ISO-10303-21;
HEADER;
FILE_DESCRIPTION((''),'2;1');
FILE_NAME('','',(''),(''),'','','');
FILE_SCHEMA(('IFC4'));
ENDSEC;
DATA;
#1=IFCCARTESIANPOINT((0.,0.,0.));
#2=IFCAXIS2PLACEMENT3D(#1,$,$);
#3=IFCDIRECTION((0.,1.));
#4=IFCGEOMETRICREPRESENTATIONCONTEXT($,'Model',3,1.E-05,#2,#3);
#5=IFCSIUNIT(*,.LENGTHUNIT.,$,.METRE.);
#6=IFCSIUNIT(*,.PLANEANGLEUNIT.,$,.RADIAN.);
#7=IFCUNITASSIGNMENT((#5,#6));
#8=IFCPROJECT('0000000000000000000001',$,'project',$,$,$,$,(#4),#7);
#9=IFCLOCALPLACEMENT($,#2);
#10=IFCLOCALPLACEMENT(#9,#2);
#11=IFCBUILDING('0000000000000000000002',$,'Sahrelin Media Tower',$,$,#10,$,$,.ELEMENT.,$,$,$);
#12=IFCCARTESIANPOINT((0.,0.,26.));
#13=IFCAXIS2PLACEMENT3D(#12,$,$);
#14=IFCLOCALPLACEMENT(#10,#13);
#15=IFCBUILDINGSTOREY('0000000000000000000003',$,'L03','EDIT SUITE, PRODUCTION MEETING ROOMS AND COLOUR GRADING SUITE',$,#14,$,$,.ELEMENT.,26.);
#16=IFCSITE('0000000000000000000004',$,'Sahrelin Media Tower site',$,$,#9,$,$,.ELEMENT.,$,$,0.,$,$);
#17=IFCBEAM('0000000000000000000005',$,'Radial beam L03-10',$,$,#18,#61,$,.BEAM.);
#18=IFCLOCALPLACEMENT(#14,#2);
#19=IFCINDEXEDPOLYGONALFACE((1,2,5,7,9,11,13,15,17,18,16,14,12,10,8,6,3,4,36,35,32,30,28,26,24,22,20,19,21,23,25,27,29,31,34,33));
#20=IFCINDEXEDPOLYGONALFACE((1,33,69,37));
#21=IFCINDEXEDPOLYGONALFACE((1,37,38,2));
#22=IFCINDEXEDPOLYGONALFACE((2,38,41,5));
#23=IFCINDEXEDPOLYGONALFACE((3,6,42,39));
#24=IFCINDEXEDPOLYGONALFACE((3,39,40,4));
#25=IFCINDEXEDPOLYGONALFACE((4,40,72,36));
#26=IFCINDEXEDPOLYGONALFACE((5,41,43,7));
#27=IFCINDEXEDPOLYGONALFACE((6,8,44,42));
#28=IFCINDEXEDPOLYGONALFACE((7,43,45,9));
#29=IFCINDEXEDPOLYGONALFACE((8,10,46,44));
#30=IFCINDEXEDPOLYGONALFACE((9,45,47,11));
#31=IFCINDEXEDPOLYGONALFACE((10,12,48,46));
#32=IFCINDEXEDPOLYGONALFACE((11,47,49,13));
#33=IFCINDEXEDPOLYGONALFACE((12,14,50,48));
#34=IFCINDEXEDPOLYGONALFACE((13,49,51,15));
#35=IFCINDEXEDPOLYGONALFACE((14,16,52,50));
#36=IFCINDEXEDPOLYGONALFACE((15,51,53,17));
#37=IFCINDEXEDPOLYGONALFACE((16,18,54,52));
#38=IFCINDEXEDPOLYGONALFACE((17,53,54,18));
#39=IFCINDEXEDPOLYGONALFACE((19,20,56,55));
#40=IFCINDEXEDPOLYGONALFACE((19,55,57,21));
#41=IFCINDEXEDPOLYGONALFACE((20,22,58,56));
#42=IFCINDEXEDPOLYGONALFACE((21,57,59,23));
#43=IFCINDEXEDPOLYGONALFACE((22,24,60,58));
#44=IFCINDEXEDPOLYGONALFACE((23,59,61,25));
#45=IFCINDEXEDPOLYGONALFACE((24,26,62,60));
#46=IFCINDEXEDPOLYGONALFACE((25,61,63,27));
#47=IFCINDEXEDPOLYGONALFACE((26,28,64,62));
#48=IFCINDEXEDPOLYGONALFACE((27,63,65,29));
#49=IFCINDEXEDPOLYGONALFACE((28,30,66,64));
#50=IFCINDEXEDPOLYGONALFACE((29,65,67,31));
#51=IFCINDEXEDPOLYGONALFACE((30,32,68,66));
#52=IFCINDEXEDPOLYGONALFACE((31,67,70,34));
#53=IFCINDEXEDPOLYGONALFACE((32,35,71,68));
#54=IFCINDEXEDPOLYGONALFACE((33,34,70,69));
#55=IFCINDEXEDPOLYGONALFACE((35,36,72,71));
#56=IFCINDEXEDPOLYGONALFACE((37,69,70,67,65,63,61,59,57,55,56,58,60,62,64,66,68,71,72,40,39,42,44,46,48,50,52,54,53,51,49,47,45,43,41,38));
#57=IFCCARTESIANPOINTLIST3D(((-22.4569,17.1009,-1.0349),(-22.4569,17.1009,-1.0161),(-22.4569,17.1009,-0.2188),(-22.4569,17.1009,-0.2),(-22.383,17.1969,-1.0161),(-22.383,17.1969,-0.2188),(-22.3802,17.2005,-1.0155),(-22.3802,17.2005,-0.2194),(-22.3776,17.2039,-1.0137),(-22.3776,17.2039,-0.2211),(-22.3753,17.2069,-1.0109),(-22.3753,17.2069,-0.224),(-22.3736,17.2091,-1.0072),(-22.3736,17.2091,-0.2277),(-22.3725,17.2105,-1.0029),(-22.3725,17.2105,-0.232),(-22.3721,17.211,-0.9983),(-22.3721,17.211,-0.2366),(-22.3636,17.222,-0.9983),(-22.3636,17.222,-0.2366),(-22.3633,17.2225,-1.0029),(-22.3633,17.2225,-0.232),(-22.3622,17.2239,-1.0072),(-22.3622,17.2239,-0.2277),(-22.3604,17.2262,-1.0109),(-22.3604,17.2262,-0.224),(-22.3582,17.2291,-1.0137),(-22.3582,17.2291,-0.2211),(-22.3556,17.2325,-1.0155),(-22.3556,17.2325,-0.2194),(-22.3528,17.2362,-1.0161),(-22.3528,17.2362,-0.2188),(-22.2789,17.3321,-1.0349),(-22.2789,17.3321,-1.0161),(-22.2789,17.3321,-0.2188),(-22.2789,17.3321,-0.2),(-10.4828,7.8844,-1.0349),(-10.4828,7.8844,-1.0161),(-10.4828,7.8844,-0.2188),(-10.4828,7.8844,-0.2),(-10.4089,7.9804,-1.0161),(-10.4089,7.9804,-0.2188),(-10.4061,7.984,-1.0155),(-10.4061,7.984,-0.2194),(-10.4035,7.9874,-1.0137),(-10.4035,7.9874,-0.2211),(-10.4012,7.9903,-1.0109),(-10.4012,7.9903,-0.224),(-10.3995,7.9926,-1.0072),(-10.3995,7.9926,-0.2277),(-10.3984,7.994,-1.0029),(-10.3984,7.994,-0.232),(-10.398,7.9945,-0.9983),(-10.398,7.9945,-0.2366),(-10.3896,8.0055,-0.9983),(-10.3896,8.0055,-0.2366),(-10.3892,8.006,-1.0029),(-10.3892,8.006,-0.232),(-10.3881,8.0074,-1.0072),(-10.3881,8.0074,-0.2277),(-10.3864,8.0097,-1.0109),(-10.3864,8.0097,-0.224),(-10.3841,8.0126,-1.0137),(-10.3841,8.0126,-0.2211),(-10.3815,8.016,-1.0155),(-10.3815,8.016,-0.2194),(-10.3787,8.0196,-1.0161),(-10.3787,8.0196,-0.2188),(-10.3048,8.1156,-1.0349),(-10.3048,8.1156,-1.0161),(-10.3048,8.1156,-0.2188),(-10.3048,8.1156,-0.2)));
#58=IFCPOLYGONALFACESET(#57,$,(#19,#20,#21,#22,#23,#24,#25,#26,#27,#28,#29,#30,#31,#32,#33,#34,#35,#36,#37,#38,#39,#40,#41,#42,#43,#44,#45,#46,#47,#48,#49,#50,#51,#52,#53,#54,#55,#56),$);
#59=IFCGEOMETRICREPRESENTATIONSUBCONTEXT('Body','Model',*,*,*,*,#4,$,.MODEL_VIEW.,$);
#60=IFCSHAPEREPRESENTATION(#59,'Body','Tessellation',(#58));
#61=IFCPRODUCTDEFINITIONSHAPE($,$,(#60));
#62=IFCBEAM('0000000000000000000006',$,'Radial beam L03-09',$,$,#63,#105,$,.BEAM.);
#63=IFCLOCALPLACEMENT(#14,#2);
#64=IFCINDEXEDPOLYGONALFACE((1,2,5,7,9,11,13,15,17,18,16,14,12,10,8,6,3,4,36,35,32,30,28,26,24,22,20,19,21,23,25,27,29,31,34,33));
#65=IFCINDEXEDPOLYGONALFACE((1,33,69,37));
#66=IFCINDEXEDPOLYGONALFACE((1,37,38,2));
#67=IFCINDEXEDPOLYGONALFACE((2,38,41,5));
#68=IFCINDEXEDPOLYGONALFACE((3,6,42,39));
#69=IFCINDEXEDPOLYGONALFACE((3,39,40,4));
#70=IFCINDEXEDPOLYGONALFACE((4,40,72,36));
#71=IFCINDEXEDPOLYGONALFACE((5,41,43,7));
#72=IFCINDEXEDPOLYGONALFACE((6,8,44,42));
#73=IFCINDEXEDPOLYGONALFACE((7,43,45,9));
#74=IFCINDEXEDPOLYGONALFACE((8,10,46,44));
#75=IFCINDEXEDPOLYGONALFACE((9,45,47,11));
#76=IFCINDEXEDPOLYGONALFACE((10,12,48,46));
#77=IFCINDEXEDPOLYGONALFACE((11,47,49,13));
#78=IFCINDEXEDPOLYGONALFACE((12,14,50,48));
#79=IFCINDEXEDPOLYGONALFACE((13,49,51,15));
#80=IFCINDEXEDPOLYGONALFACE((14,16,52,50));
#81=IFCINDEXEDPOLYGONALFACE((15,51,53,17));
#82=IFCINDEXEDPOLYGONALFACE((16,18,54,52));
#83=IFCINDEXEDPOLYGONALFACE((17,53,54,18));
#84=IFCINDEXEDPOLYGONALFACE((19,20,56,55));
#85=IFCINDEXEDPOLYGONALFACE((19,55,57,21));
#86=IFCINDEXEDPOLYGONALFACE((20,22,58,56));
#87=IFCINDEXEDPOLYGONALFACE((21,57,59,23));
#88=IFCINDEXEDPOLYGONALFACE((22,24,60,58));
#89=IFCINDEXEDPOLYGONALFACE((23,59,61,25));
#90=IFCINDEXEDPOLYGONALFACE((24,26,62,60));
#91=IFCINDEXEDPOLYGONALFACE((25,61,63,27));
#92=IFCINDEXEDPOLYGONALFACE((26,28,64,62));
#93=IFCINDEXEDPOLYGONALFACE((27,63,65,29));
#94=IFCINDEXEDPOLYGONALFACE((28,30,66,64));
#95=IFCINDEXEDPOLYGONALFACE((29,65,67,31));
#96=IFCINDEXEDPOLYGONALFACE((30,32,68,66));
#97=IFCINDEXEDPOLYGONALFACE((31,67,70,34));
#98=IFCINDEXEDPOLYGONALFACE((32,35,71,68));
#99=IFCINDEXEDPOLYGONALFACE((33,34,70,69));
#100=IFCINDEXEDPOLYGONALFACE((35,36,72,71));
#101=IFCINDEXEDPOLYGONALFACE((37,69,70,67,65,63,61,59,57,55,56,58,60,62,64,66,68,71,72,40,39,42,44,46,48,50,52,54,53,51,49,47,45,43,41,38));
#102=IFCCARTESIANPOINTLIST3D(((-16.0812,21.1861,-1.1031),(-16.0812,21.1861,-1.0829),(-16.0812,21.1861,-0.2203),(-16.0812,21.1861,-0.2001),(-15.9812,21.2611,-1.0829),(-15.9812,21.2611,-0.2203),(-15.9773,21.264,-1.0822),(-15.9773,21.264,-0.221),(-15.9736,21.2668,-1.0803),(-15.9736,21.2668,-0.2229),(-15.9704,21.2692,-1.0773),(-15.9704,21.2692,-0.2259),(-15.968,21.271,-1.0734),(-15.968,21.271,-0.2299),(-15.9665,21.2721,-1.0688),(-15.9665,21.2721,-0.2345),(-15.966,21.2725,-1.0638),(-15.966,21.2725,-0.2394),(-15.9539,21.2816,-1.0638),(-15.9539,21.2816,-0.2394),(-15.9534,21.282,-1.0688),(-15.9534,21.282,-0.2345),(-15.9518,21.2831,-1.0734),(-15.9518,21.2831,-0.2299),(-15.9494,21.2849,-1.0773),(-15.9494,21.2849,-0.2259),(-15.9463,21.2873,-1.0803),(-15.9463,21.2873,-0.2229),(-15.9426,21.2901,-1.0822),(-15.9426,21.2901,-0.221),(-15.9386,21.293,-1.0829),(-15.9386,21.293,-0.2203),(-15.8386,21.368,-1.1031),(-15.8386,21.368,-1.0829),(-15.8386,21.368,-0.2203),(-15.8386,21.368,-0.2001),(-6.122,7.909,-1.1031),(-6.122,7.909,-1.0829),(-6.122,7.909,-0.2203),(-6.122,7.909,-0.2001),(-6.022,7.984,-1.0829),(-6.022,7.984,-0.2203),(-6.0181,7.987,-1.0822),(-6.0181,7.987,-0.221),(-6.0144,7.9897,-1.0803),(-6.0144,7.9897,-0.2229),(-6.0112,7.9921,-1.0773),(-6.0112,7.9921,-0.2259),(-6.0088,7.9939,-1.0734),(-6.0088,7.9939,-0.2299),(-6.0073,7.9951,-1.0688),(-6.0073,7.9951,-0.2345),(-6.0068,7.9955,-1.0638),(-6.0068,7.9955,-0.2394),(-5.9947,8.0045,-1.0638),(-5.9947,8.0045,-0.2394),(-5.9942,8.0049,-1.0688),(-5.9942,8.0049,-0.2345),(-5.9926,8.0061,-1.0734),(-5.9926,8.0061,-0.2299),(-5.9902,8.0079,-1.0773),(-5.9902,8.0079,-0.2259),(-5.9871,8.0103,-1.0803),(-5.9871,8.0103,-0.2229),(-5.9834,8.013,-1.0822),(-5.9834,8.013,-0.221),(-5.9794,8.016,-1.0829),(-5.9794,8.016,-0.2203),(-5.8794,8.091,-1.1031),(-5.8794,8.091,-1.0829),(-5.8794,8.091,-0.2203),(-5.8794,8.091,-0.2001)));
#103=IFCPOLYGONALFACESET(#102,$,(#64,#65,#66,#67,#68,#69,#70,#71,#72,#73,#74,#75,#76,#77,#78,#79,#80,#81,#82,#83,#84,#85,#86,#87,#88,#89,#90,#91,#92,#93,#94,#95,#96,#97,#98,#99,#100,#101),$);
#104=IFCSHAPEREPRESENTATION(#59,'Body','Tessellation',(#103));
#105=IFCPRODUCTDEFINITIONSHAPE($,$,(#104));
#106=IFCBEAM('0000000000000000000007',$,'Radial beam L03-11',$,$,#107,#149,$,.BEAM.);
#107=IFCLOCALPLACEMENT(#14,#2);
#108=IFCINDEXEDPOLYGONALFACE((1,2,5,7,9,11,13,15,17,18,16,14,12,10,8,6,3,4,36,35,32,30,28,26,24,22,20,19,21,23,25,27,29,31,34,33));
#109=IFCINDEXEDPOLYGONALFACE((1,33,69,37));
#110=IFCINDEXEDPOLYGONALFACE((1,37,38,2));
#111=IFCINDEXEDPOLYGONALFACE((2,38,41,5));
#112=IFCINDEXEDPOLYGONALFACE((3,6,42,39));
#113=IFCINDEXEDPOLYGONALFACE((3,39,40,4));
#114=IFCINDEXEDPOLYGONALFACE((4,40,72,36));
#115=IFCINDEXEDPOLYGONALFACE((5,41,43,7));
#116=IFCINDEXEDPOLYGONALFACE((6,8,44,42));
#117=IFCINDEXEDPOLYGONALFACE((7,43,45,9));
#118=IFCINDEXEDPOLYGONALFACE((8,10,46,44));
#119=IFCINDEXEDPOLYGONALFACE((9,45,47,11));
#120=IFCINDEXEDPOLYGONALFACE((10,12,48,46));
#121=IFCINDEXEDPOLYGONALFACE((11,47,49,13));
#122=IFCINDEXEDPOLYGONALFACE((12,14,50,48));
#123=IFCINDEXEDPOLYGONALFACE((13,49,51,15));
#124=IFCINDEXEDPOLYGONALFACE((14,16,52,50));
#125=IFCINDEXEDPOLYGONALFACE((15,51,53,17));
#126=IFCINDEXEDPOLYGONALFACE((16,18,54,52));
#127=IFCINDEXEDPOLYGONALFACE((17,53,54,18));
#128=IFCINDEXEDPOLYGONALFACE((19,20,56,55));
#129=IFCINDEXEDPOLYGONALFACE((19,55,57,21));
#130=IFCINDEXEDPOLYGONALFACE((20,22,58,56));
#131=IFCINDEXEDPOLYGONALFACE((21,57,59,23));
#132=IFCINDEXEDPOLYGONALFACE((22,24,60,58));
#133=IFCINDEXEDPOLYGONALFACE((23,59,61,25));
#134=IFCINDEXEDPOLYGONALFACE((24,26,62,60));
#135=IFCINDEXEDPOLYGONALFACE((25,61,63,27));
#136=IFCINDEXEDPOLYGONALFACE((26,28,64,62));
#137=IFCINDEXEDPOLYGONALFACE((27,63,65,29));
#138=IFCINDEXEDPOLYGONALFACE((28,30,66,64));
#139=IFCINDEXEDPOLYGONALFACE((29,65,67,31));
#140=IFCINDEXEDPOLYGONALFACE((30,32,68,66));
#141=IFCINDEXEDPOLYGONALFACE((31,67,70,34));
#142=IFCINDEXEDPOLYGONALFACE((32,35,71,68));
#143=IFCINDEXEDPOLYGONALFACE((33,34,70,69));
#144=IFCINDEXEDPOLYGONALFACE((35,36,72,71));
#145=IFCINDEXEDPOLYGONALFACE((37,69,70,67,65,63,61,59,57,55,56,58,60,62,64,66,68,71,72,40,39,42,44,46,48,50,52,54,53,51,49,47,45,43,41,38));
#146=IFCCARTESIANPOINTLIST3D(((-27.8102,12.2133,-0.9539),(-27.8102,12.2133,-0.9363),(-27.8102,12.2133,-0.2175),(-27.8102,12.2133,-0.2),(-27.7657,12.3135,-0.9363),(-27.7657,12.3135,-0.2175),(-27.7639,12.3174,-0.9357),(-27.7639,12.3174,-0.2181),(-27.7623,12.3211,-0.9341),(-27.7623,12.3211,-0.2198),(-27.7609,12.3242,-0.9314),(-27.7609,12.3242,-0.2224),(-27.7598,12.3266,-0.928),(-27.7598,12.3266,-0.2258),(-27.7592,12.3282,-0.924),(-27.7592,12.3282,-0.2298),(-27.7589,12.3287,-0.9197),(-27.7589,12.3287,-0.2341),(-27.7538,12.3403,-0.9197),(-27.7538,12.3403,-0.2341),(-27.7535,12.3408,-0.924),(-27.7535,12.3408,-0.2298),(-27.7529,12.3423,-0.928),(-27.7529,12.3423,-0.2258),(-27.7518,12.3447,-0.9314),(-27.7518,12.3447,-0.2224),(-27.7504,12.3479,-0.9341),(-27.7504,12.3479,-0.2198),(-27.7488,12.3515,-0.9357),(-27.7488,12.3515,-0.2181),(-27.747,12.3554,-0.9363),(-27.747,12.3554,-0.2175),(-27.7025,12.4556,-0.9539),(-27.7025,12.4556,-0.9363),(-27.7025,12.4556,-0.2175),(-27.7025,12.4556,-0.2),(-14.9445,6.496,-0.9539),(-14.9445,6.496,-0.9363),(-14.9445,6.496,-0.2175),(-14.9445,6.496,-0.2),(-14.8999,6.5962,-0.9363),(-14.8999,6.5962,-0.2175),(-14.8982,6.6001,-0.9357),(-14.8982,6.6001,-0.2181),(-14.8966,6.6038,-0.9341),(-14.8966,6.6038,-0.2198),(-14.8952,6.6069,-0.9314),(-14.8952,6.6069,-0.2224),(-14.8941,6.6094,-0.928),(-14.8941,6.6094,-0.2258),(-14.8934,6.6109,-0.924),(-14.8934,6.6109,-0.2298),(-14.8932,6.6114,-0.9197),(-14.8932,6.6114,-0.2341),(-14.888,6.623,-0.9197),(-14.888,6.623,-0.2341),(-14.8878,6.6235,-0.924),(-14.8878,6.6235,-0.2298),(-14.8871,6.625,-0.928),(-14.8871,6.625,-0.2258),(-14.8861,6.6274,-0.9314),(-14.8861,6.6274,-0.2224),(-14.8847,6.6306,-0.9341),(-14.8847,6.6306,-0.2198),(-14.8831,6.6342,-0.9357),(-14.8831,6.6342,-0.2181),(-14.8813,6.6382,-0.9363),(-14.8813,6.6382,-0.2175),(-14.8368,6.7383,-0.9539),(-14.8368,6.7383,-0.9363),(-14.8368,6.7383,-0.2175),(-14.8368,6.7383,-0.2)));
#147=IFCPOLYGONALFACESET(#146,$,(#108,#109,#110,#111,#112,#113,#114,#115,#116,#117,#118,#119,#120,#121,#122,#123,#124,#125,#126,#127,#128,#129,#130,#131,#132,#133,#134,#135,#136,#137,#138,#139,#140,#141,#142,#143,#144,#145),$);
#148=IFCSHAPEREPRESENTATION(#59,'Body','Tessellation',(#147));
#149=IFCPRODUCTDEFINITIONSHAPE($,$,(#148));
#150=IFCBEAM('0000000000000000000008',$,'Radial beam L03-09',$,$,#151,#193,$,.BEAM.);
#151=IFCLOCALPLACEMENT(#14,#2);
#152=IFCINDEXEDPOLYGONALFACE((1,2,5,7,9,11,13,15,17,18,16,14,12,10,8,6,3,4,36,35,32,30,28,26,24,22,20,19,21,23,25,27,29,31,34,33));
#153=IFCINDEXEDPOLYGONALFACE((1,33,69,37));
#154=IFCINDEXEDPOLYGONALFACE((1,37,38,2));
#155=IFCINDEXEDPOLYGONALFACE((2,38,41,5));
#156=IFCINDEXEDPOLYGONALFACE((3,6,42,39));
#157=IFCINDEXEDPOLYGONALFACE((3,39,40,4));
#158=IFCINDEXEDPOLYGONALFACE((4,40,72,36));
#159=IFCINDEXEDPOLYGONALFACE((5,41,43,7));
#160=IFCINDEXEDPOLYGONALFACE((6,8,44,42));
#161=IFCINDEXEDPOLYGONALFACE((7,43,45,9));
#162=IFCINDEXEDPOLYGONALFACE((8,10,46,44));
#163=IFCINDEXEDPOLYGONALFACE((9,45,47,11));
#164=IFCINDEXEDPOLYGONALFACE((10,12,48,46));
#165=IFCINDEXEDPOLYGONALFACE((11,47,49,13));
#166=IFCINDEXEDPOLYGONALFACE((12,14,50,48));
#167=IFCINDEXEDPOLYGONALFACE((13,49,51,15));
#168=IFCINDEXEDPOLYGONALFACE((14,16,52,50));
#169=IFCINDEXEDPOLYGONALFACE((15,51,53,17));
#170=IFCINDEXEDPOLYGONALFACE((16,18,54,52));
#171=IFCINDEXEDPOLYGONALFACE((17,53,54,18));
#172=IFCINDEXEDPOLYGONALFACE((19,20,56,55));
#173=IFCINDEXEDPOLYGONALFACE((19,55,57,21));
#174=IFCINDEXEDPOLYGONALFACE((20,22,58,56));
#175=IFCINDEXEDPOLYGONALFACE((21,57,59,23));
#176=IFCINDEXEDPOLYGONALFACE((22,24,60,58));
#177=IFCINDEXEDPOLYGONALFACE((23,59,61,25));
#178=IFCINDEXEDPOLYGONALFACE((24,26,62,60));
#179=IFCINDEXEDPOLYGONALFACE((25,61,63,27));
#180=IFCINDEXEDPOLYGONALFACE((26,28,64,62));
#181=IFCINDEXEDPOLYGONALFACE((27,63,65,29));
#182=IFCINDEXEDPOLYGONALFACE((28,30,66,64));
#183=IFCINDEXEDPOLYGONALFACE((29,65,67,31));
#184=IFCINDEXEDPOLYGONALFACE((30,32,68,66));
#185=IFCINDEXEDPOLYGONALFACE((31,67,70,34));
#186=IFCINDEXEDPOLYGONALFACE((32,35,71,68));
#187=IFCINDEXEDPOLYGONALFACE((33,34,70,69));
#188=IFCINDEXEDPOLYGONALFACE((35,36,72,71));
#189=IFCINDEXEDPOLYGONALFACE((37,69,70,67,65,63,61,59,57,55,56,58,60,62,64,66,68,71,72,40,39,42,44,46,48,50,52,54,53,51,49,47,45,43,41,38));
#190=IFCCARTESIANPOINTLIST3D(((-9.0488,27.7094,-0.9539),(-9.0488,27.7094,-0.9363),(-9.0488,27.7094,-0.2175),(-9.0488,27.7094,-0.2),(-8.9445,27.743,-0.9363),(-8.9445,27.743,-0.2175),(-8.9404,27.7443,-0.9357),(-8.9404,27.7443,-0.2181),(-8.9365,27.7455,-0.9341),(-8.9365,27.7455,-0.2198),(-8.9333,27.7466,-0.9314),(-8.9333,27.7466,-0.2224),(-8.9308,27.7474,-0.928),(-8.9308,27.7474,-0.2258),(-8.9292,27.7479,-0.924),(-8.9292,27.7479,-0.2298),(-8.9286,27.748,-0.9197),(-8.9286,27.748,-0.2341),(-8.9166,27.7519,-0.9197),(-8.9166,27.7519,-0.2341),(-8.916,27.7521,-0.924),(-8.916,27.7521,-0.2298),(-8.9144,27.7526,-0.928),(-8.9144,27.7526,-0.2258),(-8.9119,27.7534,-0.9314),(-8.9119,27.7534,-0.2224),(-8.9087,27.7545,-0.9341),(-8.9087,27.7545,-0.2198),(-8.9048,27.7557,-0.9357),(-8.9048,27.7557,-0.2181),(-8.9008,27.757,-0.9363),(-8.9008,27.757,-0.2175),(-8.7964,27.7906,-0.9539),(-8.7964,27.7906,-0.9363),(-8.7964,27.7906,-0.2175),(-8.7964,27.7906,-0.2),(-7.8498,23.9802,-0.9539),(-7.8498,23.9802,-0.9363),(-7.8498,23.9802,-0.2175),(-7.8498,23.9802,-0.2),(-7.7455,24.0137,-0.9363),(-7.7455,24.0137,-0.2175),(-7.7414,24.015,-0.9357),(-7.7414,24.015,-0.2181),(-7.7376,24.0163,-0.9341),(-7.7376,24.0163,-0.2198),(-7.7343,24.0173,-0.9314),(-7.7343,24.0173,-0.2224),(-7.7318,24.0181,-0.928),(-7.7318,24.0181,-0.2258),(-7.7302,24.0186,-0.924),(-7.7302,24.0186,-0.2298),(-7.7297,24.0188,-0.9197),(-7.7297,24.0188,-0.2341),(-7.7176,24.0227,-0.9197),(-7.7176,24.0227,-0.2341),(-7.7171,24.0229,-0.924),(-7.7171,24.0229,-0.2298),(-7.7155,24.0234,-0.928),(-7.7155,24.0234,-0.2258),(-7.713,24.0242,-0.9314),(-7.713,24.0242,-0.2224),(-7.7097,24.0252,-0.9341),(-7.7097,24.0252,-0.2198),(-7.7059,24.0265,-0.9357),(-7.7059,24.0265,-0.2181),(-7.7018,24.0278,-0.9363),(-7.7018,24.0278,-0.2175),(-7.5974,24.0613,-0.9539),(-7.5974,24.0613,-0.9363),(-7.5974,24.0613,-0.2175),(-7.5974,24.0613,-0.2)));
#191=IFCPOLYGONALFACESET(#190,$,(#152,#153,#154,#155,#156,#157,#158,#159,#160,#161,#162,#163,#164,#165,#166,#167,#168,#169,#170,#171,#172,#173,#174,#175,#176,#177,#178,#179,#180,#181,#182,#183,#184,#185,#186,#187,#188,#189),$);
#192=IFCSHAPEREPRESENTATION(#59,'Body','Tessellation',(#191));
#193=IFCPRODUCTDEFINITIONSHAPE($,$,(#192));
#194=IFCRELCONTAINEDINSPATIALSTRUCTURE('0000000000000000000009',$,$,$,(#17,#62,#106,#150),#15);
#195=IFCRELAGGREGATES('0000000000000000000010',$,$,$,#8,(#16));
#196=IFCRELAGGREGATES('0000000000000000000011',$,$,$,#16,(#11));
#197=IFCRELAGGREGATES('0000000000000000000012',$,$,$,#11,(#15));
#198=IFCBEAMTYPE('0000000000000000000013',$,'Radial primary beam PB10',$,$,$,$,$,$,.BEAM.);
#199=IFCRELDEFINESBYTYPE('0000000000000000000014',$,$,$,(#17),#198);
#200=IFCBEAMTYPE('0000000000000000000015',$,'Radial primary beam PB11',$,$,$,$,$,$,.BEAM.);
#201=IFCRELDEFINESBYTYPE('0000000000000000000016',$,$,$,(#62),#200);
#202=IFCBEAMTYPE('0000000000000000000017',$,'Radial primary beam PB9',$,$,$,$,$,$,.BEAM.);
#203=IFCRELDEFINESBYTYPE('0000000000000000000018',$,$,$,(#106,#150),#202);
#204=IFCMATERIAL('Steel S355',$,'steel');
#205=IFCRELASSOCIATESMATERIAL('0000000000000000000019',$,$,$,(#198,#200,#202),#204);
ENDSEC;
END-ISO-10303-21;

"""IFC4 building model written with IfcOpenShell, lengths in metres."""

from ifc_helpers import new_model, si_unit, direction, frame, origin, origin_2d, place, context, subcontext, project, spatial, i_section, extrude, material, material_profile, profile_set, type_object, element, save


model = new_model("IFC4")

# Units and contexts
model_context = context("Model", 3, precision=1e-05, world=origin(), true_north=direction((0.0, 1.0)))
body_context = subcontext(model_context, "Body", "Model", "MODEL_VIEW")
ifc_project = project(units=[si_unit("LENGTHUNIT", "METRE"), si_unit("PLANEANGLEUNIT", "RADIAN")], contexts=[model_context])

# Site, building, storey
site_placement = place(None, origin())
site = spatial("IfcSite", under=ifc_project, at=site_placement, Name="Sahrelin Media Tower site", CompositionType="ELEMENT", RefElevation=0.0)
building_placement = place(site_placement, origin())
building = spatial("IfcBuilding", under=site, at=building_placement, Name="Sahrelin Media Tower", CompositionType="ELEMENT")
storey_placement = place(building_placement, frame((0.0, 0.0, 26.0)))
storey = spatial("IfcBuildingStorey", under=building, at=storey_placement, Name="L03", Description="EDIT SUITE, PRODUCTION MEETING ROOMS AND COLOUR GRADING SUITE", CompositionType="ELEMENT", Elevation=26.0)

# Beams
ifc_material_1 = material(Name="Steel S355", Category="steel")
ifc_material_profile_1 = material_profile(ifc_material_1, i_section(OverallWidth=0.2917, OverallDepth=0.835, WebThickness=0.0139, FlangeThickness=0.0188, FilletRadius=0.0178, at=origin_2d()), Name="UB 838x292x176")
ifc_profile_set_1 = profile_set([ifc_material_profile_1], Name="Steel S355")
beam_type_1 = type_object("IfcBeamType", Name="Radial primary beam PB10", PredefinedType="BEAM", material=ifc_profile_set_1)
beam_1_placement = place(storey_placement, frame((-10.3938, 8.0, -0.6174), z_axis=(-0.792442, 0.609947, 0.0), x_axis=(-0.609947, -0.792442, 0.0)))
element("IfcBeam", 1, at=beam_1_placement, inside=storey, type_object=beam_type_1, Name="Radial beam L03-10", PredefinedType="BEAM", context=body_context, shape_type="SweptSolid", body=[
    extrude(i_section(OverallWidth=0.2917, OverallDepth=0.835, WebThickness=0.0139, FlangeThickness=0.0188, FilletRadius=0.0178, at=origin_2d()), origin(), (0.0, 0.0, 1.0), 15.1104),
])
ifc_material_profile_2 = material_profile(ifc_material_1, i_section(OverallWidth=0.3032, OverallDepth=0.9031, WebThickness=0.0151, FlangeThickness=0.0203, FilletRadius=0.019, at=origin_2d()), Name="UB 914x305x201")
ifc_profile_set_2 = profile_set([ifc_material_profile_2], Name="Steel S355")
beam_type_2 = type_object("IfcBeamType", Name="Radial primary beam PB11", PredefinedType="BEAM", material=ifc_profile_set_2)
beam_2_placement = place(storey_placement, frame((-6.0007, 8.0, -0.6516), z_axis=(-0.600054, 0.799959, 0.0), x_axis=(-0.799959, -0.600054, 0.0)))
element("IfcBeam", 2, at=beam_2_placement, inside=storey, type_object=beam_type_2, Name="Radial beam L03-09", PredefinedType="BEAM", context=body_context, shape_type="SweptSolid", body=[
    extrude(i_section(OverallWidth=0.3032, OverallDepth=0.9031, WebThickness=0.0151, FlangeThickness=0.0203, FilletRadius=0.019, at=origin_2d()), origin(), (0.0, 0.0, 1.0), 16.5972),
])
ifc_material_profile_3 = material_profile(ifc_material_1, i_section(OverallWidth=0.2651, OverallDepth=0.7539, WebThickness=0.0127, FlangeThickness=0.0176, FilletRadius=0.0166, at=origin_2d()), Name="UB 762x267x147")
ifc_profile_set_3 = profile_set([ifc_material_profile_3], Name="Steel S355")
beam_type_3 = type_object("IfcBeamType", Name="Radial primary beam PB9", PredefinedType="BEAM", material=ifc_profile_set_3)
beam_3_placement = place(storey_placement, frame((-14.8906, 6.6172, -0.5769), z_axis=(-0.913833, 0.40609, 0.0), x_axis=(-0.40609, -0.913833, 0.0)))
element("IfcBeam", 3, at=beam_3_placement, inside=storey, type_object=beam_type_3, Name="Radial beam L03-11", PredefinedType="BEAM", context=body_context, shape_type="SweptSolid", body=[
    extrude(i_section(OverallWidth=0.2651, OverallDepth=0.7539, WebThickness=0.0127, FlangeThickness=0.0176, FilletRadius=0.0166, at=origin_2d()), origin(), (0.0, 0.0, 1.0), 14.0789),
])
beam_4_placement = place(storey_placement, frame((-7.7236, 24.0208, -0.5769), z_axis=(-0.306076, 0.952007, 0.0), x_axis=(-0.952007, -0.306076, 0.0)))
element("IfcBeam", 4, at=beam_4_placement, inside=storey, type_object=beam_type_3, Name="Radial beam L03-09", PredefinedType="BEAM", context=body_context, shape_type="SweptSolid", body=[
    extrude(i_section(OverallWidth=0.2651, OverallDepth=0.7539, WebThickness=0.0127, FlangeThickness=0.0176, FilletRadius=0.0166, at=origin_2d()), origin(), (0.0, 0.0, 1.0), 3.9172),
])

save(model, "model.ifc")
